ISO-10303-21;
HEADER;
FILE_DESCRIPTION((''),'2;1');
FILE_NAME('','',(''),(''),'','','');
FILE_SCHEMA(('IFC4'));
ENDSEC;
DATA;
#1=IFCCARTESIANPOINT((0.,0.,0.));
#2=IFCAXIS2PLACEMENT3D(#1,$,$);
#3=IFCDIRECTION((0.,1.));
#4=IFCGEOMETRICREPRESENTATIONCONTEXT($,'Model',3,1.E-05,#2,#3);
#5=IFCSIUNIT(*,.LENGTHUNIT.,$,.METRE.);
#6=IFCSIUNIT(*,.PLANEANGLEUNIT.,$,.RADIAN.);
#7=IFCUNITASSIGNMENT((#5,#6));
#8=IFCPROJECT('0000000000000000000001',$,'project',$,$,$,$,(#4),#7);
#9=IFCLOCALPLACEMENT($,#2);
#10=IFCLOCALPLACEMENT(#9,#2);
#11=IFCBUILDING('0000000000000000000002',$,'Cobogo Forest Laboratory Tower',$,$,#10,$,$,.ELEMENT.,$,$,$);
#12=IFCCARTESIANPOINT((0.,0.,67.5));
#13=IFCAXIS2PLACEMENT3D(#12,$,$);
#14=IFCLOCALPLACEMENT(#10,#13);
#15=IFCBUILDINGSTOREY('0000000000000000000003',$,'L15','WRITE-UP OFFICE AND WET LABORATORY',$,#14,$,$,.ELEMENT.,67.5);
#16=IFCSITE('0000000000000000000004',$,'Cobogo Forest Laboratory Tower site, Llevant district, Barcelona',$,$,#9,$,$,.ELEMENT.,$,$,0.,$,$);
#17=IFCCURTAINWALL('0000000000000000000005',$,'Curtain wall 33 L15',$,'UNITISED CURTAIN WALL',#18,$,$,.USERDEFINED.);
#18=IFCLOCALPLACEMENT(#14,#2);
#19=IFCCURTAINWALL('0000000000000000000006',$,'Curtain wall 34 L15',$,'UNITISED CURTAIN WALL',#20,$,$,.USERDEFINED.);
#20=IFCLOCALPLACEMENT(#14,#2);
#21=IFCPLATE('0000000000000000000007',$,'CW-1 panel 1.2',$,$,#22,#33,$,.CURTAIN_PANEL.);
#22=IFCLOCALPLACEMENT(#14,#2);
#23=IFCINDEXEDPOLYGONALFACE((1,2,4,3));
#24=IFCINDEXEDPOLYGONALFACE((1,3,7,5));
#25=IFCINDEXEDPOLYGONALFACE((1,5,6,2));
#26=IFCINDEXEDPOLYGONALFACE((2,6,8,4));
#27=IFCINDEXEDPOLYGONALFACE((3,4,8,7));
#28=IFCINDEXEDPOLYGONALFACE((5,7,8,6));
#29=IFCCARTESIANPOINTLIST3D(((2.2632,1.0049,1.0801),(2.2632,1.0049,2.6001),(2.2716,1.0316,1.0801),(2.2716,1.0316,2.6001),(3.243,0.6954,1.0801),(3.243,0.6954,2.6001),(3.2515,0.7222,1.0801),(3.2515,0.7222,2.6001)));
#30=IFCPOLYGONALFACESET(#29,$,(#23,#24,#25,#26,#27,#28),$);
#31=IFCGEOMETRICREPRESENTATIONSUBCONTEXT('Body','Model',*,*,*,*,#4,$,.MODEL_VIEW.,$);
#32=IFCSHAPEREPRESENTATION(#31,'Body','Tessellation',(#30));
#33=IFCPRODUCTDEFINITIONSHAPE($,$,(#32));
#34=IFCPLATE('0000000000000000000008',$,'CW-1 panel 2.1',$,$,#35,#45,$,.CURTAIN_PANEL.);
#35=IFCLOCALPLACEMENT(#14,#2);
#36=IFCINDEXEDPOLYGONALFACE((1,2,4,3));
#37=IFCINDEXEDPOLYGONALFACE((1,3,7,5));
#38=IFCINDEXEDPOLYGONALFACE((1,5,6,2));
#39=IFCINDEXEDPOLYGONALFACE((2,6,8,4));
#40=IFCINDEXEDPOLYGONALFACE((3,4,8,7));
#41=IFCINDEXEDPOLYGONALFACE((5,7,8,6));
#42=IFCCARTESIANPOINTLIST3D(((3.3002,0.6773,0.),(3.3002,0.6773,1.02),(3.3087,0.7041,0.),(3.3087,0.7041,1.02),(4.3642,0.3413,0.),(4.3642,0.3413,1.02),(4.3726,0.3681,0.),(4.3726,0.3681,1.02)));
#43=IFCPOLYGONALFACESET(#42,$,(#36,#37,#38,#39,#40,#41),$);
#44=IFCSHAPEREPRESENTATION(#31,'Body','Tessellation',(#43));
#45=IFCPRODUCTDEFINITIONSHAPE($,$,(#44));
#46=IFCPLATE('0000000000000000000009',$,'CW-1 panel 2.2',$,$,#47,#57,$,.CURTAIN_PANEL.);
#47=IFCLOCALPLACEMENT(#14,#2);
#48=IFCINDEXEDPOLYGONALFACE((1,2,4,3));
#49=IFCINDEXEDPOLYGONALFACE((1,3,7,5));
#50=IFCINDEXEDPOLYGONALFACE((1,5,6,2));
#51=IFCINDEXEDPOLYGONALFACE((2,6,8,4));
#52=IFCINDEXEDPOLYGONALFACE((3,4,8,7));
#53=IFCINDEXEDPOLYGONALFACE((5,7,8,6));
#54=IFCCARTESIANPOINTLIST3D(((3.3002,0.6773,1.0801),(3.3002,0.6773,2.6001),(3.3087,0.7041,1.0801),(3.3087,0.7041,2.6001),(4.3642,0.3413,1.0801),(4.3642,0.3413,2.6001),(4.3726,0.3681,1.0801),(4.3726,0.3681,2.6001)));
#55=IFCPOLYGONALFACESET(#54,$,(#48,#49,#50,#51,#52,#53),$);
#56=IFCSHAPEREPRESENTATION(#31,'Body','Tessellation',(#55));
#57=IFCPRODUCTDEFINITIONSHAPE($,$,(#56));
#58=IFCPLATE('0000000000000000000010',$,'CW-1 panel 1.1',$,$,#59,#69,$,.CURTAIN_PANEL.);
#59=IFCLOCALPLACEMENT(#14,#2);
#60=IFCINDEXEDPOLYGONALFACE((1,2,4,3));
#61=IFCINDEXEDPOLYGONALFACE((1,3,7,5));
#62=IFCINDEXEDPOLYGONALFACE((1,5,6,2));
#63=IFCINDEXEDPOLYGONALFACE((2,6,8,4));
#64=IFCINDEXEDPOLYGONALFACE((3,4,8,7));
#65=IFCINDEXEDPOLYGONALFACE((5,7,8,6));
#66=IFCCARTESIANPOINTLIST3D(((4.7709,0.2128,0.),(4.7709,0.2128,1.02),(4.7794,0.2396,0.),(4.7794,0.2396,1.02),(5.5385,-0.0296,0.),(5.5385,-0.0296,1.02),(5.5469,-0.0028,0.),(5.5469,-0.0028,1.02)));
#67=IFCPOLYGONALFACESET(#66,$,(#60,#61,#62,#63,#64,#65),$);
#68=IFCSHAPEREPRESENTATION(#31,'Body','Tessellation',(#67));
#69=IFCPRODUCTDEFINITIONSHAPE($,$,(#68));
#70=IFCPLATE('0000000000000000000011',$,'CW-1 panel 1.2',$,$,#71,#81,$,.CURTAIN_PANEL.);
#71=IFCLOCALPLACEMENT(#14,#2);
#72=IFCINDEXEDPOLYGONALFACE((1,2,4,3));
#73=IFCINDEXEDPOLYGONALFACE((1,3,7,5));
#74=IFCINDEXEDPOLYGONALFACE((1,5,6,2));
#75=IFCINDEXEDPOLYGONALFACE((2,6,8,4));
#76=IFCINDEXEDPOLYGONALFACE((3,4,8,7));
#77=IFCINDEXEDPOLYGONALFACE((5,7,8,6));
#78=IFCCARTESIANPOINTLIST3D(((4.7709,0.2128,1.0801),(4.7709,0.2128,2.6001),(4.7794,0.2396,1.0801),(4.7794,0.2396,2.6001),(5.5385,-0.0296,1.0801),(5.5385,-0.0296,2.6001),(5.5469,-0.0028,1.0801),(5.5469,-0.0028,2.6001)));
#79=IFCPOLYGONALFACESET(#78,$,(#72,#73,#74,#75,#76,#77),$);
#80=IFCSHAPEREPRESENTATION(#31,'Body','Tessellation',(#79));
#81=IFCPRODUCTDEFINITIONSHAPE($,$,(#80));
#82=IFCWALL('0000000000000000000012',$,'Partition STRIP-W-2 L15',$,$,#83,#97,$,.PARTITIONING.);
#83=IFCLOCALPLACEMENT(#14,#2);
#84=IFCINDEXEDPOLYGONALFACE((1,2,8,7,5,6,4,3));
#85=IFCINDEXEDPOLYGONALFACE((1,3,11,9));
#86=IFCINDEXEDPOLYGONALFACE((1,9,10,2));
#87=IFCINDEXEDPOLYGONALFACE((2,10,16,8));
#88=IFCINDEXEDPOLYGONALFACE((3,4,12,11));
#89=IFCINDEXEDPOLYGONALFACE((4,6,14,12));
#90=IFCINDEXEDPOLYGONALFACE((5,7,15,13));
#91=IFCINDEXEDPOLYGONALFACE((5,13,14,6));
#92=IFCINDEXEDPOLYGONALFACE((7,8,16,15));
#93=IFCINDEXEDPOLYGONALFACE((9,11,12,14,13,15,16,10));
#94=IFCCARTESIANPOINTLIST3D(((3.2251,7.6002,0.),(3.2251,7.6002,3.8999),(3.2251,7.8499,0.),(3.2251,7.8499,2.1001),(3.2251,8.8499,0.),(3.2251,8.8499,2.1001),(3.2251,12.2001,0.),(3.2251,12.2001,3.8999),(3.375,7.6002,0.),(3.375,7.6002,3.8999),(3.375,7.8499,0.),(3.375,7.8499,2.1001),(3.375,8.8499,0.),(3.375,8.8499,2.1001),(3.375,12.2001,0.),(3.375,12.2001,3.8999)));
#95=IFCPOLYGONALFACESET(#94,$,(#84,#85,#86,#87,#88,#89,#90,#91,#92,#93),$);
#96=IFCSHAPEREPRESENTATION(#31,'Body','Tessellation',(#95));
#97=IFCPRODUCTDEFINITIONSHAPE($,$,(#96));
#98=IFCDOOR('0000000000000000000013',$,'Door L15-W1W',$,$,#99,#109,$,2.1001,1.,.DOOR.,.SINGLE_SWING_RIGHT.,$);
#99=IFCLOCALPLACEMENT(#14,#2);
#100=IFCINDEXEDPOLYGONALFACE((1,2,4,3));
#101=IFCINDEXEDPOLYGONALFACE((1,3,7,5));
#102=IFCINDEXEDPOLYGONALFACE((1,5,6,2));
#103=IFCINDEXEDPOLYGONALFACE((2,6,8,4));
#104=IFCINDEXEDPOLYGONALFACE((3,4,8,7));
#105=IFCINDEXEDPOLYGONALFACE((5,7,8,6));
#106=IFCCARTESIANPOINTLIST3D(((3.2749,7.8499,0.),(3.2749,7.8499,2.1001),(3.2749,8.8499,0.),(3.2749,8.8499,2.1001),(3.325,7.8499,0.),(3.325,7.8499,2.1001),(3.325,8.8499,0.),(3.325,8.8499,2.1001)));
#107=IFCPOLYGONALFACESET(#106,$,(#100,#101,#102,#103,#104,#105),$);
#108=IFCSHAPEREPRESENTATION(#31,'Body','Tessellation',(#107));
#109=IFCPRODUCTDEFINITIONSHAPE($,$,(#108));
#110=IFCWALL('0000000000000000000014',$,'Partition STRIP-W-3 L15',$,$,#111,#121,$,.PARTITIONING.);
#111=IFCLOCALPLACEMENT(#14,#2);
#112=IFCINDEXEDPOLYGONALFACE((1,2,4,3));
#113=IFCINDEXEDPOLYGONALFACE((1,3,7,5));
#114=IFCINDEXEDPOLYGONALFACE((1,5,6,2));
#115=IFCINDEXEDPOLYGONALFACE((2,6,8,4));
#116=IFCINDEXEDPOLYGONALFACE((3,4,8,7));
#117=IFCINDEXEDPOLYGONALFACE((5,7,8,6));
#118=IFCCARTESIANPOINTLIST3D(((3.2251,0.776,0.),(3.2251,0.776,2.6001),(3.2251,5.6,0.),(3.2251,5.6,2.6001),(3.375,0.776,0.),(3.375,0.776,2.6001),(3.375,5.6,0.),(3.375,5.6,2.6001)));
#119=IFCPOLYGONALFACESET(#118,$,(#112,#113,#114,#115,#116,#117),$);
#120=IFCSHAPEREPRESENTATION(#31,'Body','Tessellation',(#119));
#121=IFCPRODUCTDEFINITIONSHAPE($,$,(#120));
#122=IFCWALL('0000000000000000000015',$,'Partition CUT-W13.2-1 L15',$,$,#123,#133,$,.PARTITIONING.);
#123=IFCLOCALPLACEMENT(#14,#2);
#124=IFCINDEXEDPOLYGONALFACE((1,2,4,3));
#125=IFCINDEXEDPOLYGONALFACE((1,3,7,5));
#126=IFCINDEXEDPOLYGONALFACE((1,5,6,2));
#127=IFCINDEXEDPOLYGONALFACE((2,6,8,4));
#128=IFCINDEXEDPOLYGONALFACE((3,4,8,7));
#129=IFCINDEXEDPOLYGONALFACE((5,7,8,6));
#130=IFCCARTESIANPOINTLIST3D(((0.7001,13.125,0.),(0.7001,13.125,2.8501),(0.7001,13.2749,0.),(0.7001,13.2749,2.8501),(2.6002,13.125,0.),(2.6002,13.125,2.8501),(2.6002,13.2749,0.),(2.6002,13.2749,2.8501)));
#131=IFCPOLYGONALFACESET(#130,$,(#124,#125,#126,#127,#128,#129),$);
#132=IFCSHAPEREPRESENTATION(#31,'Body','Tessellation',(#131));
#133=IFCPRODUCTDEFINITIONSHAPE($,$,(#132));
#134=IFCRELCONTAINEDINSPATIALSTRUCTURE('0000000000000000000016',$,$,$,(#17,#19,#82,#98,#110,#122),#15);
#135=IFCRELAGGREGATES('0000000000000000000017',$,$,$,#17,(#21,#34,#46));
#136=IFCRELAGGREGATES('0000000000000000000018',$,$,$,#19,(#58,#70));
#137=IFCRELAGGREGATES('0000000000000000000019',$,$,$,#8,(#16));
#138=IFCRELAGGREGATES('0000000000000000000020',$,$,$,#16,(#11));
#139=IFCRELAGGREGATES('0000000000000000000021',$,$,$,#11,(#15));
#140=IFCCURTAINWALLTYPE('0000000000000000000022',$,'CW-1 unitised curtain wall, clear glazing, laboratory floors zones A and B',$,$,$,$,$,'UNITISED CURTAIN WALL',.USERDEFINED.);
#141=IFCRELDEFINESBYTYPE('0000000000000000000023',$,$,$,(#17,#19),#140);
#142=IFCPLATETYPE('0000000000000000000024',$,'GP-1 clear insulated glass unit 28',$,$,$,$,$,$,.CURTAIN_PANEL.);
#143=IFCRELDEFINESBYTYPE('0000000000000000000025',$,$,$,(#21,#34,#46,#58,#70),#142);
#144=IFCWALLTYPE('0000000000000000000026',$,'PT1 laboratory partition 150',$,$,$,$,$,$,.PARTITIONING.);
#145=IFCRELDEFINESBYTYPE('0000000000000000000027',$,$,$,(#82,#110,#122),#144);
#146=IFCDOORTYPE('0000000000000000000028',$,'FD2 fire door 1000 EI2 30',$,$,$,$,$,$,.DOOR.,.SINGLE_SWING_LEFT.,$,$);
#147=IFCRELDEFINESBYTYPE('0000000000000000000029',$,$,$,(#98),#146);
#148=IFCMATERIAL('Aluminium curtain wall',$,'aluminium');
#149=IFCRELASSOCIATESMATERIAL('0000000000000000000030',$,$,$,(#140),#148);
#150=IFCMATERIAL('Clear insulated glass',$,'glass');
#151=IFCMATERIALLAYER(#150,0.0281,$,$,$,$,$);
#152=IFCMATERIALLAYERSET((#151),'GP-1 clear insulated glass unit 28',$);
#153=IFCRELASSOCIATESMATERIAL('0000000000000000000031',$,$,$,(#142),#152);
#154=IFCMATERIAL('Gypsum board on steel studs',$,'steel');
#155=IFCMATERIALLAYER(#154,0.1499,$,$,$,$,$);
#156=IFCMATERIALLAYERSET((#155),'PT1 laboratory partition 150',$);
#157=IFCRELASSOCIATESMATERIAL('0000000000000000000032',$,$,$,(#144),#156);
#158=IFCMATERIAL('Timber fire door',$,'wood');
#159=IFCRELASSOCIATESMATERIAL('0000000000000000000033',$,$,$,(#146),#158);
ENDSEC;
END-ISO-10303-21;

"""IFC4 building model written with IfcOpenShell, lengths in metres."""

from ifc_helpers import new_model, si_unit, direction, frame, frame_2d, origin, origin_2d, place, context, subcontext, project, spatial, rectangle, extrude, material, layer, layer_set, type_object, element, fill, aggregate, save


model = new_model("IFC4")

# Units and contexts
model_context = context("Model", 3, precision=1e-05, world=origin(), true_north=direction((0.0, 1.0)))
body_context = subcontext(model_context, "Body", "Model", "MODEL_VIEW")
ifc_project = project(units=[si_unit("LENGTHUNIT", "METRE"), si_unit("PLANEANGLEUNIT", "RADIAN")], contexts=[model_context])

# Site, building, storey
site_placement = place(None, origin())
site = spatial("IfcSite", under=ifc_project, at=site_placement, Name="Cobogo Forest Laboratory Tower site, Llevant district, Barcelona", CompositionType="ELEMENT", RefElevation=0.0)
building_placement = place(site_placement, origin())
building = spatial("IfcBuilding", under=site, at=building_placement, Name="Cobogo Forest Laboratory Tower", CompositionType="ELEMENT")
storey_placement = place(building_placement, frame((0.0, 0.0, 67.5)))
storey = spatial("IfcBuildingStorey", under=building, at=storey_placement, Name="L15", Description="WRITE-UP OFFICE AND WET LABORATORY", CompositionType="ELEMENT", Elevation=67.5)

# Shared definitions
ifc_material_1 = material(Name="Aluminium curtain wall", Category="aluminium")
curtain_wall_type = type_object("IfcCurtainWallType", Name="CW-1 unitised curtain wall, clear glazing, laboratory floors zones A and B", ElementType="UNITISED CURTAIN WALL", PredefinedType="USERDEFINED", material=ifc_material_1)

# Curtain walls
curtain_wall_1_placement = place(storey_placement, origin())
curtain_wall_1 = element("IfcCurtainWall", 1, at=curtain_wall_1_placement, inside=storey, type_object=curtain_wall_type, Name="Curtain wall 33 L15", ObjectType="UNITISED CURTAIN WALL", PredefinedType="USERDEFINED")
curtain_wall_2_placement = place(storey_placement, origin())
curtain_wall_2 = element("IfcCurtainWall", 2, at=curtain_wall_2_placement, inside=storey, type_object=curtain_wall_type, Name="Curtain wall 34 L15", ObjectType="UNITISED CURTAIN WALL", PredefinedType="USERDEFINED")

# Plates
ifc_material_2 = material(Name="Clear insulated glass", Category="glass")
ifc_layer_1 = layer(ifc_material_2, 0.0281)
ifc_layer_set_1 = layer_set([ifc_layer_1], Name="GP-1 clear insulated glass unit 28")
plate_type = type_object("IfcPlateType", Name="GP-1 clear insulated glass unit 28", PredefinedType="CURTAIN_PANEL", material=ifc_layer_set_1)
plate_1_placement = place(storey_placement, frame((2.7573, 0.8635, 1.0801), z_axis=(0.0, 0.0, 1.0), x_axis=(0.953581, -0.301135, 0.0)))
plate_1 = element("IfcPlate", 3, at=plate_1_placement, type_object=plate_type, Name="CW-1 panel 1.2", PredefinedType="CURTAIN_PANEL", context=body_context, shape_type="SweptSolid", body=[
    extrude(rectangle(XDim=1.0276, YDim=0.0281, at=origin_2d()), origin(), (0.0, 0.0, 1.0), 1.52),
])
plate_2_placement = place(storey_placement, frame((3.8364, 0.5227, 0.0), z_axis=(0.0, 0.0, 1.0), x_axis=(0.953581, -0.301135, 0.0)))
plate_2 = element("IfcPlate", 4, at=plate_2_placement, type_object=plate_type, Name="CW-1 panel 2.1", PredefinedType="CURTAIN_PANEL", context=body_context, shape_type="SweptSolid", body=[
    extrude(rectangle(XDim=1.1157, YDim=0.0281, at=origin_2d()), origin(), (0.0, 0.0, 1.0), 1.02),
])
plate_3_placement = place(storey_placement, frame((3.8364, 0.5227, 1.0801), z_axis=(0.0, 0.0, 1.0), x_axis=(0.953581, -0.301135, 0.0)))
plate_3 = element("IfcPlate", 5, at=plate_3_placement, type_object=plate_type, Name="CW-1 panel 2.2", PredefinedType="CURTAIN_PANEL", context=body_context, shape_type="SweptSolid", body=[
    extrude(rectangle(XDim=1.1157, YDim=0.0281, at=origin_2d()), origin(), (0.0, 0.0, 1.0), 1.52),
])
aggregate(curtain_wall_1, [plate_1, plate_2, plate_3])
plate_4_placement = place(storey_placement, frame((5.1589, 0.105, 0.0), z_axis=(0.0, 0.0, 1.0), x_axis=(0.953581, -0.301135, 0.0)))
plate_4 = element("IfcPlate", 6, at=plate_4_placement, type_object=plate_type, Name="CW-1 panel 1.1", PredefinedType="CURTAIN_PANEL", context=body_context, shape_type="SweptSolid", body=[
    extrude(rectangle(XDim=0.8049, YDim=0.0281, at=origin_2d()), origin(), (0.0, 0.0, 1.0), 1.02),
])
plate_5_placement = place(storey_placement, frame((5.1589, 0.105, 1.0801), z_axis=(0.0, 0.0, 1.0), x_axis=(0.953581, -0.301135, 0.0)))
plate_5 = element("IfcPlate", 7, at=plate_5_placement, type_object=plate_type, Name="CW-1 panel 1.2", PredefinedType="CURTAIN_PANEL", context=body_context, shape_type="SweptSolid", body=[
    extrude(rectangle(XDim=0.8049, YDim=0.0281, at=origin_2d()), origin(), (0.0, 0.0, 1.0), 1.52),
])
aggregate(curtain_wall_2, [plate_4, plate_5])

# Wall, opening, door
ifc_material_3 = material(Name="Gypsum board on steel studs", Category="steel")
ifc_layer_2 = layer(ifc_material_3, 0.1499)
ifc_layer_set_2 = layer_set([ifc_layer_2], Name="PT1 laboratory partition 150")
wall_type = type_object("IfcWallType", Name="PT1 laboratory partition 150", PredefinedType="PARTITIONING", material=ifc_layer_set_2)
wall_1_placement = place(storey_placement, frame((3.3, 12.2, 0.0), z_axis=(0.0, 0.0, 1.0), x_axis=(0.0, -1.0, 0.0)))
wall_1 = element("IfcWall", 8, at=wall_1_placement, inside=storey, type_object=wall_type, Name="Partition STRIP-W-2 L15", PredefinedType="PARTITIONING", context=body_context, shape_type="SweptSolid", body=[
    extrude(rectangle(XDim=4.5999, YDim=0.1499, at=frame_2d((2.2998, 0.0))), origin(), (0.0, 0.0, 1.0), 3.8999),
])
opening_placement = place(wall_1_placement, frame((3.3501, 0.0, 0.0)))
opening = element("IfcOpeningElement", 9, at=opening_placement, cuts=wall_1, PredefinedType="OPENING", context=body_context, shape_type="SweptSolid", body=[
    extrude(rectangle(XDim=1.0, YDim=2.1001, at=frame_2d((0.5, 1.05))), frame((0.0, 0.085, 0.0), z_axis=(0.0, -1.0, 0.0), x_axis=(1.0, 0.0, 0.0)), (0.0, 0.0, 1.0), 0.1699),
])
ifc_material_4 = material(Name="Timber fire door", Category="wood")
door_type = type_object("IfcDoorType", Name="FD2 fire door 1000 EI2 30", OperationType="SINGLE_SWING_LEFT", PredefinedType="DOOR", material=ifc_material_4)
door_placement = place(opening_placement, origin())
door = element("IfcDoor", 10, at=door_placement, inside=storey, type_object=door_type, Name="Door L15-W1W", OperationType="SINGLE_SWING_RIGHT", OverallHeight=2.1001, OverallWidth=1.0, PredefinedType="DOOR", context=body_context, shape_type="SweptSolid", body=[
    extrude(rectangle(XDim=1.0, YDim=2.1001, at=frame_2d((0.5, 1.05))), frame((0.0, 0.0249, 0.0), z_axis=(0.0, -1.0, 0.0), x_axis=(1.0, 0.0, 0.0)), (0.0, 0.0, 1.0), 0.05),
])
fill(opening, door)

# Walls
wall_2_placement = place(storey_placement, frame((3.3, 5.6001, 0.0), z_axis=(0.0, 0.0, 1.0), x_axis=(0.0, -1.0, 0.0)))
element("IfcWall", 11, at=wall_2_placement, inside=storey, type_object=wall_type, Name="Partition STRIP-W-3 L15", PredefinedType="PARTITIONING", context=body_context, shape_type="SweptSolid", body=[
    extrude(rectangle(XDim=4.824, YDim=0.1499, at=frame_2d((2.4121, 0.0))), origin(), (0.0, 0.0, 1.0), 2.6001),
])
wall_3_placement = place(storey_placement, frame((0.7, 13.2, 0.0), z_axis=(0.0, 0.0, 1.0), x_axis=(1.0, 0.0, 0.0)))
element("IfcWall", 12, at=wall_3_placement, inside=storey, type_object=wall_type, Name="Partition CUT-W13.2-1 L15", PredefinedType="PARTITIONING", context=body_context, shape_type="SweptSolid", body=[
    extrude(rectangle(XDim=1.9001, YDim=0.1499, at=frame_2d((0.9502, 0.0))), origin(), (0.0, 0.0, 1.0), 2.8501),
])

save(model, "model.ifc")
